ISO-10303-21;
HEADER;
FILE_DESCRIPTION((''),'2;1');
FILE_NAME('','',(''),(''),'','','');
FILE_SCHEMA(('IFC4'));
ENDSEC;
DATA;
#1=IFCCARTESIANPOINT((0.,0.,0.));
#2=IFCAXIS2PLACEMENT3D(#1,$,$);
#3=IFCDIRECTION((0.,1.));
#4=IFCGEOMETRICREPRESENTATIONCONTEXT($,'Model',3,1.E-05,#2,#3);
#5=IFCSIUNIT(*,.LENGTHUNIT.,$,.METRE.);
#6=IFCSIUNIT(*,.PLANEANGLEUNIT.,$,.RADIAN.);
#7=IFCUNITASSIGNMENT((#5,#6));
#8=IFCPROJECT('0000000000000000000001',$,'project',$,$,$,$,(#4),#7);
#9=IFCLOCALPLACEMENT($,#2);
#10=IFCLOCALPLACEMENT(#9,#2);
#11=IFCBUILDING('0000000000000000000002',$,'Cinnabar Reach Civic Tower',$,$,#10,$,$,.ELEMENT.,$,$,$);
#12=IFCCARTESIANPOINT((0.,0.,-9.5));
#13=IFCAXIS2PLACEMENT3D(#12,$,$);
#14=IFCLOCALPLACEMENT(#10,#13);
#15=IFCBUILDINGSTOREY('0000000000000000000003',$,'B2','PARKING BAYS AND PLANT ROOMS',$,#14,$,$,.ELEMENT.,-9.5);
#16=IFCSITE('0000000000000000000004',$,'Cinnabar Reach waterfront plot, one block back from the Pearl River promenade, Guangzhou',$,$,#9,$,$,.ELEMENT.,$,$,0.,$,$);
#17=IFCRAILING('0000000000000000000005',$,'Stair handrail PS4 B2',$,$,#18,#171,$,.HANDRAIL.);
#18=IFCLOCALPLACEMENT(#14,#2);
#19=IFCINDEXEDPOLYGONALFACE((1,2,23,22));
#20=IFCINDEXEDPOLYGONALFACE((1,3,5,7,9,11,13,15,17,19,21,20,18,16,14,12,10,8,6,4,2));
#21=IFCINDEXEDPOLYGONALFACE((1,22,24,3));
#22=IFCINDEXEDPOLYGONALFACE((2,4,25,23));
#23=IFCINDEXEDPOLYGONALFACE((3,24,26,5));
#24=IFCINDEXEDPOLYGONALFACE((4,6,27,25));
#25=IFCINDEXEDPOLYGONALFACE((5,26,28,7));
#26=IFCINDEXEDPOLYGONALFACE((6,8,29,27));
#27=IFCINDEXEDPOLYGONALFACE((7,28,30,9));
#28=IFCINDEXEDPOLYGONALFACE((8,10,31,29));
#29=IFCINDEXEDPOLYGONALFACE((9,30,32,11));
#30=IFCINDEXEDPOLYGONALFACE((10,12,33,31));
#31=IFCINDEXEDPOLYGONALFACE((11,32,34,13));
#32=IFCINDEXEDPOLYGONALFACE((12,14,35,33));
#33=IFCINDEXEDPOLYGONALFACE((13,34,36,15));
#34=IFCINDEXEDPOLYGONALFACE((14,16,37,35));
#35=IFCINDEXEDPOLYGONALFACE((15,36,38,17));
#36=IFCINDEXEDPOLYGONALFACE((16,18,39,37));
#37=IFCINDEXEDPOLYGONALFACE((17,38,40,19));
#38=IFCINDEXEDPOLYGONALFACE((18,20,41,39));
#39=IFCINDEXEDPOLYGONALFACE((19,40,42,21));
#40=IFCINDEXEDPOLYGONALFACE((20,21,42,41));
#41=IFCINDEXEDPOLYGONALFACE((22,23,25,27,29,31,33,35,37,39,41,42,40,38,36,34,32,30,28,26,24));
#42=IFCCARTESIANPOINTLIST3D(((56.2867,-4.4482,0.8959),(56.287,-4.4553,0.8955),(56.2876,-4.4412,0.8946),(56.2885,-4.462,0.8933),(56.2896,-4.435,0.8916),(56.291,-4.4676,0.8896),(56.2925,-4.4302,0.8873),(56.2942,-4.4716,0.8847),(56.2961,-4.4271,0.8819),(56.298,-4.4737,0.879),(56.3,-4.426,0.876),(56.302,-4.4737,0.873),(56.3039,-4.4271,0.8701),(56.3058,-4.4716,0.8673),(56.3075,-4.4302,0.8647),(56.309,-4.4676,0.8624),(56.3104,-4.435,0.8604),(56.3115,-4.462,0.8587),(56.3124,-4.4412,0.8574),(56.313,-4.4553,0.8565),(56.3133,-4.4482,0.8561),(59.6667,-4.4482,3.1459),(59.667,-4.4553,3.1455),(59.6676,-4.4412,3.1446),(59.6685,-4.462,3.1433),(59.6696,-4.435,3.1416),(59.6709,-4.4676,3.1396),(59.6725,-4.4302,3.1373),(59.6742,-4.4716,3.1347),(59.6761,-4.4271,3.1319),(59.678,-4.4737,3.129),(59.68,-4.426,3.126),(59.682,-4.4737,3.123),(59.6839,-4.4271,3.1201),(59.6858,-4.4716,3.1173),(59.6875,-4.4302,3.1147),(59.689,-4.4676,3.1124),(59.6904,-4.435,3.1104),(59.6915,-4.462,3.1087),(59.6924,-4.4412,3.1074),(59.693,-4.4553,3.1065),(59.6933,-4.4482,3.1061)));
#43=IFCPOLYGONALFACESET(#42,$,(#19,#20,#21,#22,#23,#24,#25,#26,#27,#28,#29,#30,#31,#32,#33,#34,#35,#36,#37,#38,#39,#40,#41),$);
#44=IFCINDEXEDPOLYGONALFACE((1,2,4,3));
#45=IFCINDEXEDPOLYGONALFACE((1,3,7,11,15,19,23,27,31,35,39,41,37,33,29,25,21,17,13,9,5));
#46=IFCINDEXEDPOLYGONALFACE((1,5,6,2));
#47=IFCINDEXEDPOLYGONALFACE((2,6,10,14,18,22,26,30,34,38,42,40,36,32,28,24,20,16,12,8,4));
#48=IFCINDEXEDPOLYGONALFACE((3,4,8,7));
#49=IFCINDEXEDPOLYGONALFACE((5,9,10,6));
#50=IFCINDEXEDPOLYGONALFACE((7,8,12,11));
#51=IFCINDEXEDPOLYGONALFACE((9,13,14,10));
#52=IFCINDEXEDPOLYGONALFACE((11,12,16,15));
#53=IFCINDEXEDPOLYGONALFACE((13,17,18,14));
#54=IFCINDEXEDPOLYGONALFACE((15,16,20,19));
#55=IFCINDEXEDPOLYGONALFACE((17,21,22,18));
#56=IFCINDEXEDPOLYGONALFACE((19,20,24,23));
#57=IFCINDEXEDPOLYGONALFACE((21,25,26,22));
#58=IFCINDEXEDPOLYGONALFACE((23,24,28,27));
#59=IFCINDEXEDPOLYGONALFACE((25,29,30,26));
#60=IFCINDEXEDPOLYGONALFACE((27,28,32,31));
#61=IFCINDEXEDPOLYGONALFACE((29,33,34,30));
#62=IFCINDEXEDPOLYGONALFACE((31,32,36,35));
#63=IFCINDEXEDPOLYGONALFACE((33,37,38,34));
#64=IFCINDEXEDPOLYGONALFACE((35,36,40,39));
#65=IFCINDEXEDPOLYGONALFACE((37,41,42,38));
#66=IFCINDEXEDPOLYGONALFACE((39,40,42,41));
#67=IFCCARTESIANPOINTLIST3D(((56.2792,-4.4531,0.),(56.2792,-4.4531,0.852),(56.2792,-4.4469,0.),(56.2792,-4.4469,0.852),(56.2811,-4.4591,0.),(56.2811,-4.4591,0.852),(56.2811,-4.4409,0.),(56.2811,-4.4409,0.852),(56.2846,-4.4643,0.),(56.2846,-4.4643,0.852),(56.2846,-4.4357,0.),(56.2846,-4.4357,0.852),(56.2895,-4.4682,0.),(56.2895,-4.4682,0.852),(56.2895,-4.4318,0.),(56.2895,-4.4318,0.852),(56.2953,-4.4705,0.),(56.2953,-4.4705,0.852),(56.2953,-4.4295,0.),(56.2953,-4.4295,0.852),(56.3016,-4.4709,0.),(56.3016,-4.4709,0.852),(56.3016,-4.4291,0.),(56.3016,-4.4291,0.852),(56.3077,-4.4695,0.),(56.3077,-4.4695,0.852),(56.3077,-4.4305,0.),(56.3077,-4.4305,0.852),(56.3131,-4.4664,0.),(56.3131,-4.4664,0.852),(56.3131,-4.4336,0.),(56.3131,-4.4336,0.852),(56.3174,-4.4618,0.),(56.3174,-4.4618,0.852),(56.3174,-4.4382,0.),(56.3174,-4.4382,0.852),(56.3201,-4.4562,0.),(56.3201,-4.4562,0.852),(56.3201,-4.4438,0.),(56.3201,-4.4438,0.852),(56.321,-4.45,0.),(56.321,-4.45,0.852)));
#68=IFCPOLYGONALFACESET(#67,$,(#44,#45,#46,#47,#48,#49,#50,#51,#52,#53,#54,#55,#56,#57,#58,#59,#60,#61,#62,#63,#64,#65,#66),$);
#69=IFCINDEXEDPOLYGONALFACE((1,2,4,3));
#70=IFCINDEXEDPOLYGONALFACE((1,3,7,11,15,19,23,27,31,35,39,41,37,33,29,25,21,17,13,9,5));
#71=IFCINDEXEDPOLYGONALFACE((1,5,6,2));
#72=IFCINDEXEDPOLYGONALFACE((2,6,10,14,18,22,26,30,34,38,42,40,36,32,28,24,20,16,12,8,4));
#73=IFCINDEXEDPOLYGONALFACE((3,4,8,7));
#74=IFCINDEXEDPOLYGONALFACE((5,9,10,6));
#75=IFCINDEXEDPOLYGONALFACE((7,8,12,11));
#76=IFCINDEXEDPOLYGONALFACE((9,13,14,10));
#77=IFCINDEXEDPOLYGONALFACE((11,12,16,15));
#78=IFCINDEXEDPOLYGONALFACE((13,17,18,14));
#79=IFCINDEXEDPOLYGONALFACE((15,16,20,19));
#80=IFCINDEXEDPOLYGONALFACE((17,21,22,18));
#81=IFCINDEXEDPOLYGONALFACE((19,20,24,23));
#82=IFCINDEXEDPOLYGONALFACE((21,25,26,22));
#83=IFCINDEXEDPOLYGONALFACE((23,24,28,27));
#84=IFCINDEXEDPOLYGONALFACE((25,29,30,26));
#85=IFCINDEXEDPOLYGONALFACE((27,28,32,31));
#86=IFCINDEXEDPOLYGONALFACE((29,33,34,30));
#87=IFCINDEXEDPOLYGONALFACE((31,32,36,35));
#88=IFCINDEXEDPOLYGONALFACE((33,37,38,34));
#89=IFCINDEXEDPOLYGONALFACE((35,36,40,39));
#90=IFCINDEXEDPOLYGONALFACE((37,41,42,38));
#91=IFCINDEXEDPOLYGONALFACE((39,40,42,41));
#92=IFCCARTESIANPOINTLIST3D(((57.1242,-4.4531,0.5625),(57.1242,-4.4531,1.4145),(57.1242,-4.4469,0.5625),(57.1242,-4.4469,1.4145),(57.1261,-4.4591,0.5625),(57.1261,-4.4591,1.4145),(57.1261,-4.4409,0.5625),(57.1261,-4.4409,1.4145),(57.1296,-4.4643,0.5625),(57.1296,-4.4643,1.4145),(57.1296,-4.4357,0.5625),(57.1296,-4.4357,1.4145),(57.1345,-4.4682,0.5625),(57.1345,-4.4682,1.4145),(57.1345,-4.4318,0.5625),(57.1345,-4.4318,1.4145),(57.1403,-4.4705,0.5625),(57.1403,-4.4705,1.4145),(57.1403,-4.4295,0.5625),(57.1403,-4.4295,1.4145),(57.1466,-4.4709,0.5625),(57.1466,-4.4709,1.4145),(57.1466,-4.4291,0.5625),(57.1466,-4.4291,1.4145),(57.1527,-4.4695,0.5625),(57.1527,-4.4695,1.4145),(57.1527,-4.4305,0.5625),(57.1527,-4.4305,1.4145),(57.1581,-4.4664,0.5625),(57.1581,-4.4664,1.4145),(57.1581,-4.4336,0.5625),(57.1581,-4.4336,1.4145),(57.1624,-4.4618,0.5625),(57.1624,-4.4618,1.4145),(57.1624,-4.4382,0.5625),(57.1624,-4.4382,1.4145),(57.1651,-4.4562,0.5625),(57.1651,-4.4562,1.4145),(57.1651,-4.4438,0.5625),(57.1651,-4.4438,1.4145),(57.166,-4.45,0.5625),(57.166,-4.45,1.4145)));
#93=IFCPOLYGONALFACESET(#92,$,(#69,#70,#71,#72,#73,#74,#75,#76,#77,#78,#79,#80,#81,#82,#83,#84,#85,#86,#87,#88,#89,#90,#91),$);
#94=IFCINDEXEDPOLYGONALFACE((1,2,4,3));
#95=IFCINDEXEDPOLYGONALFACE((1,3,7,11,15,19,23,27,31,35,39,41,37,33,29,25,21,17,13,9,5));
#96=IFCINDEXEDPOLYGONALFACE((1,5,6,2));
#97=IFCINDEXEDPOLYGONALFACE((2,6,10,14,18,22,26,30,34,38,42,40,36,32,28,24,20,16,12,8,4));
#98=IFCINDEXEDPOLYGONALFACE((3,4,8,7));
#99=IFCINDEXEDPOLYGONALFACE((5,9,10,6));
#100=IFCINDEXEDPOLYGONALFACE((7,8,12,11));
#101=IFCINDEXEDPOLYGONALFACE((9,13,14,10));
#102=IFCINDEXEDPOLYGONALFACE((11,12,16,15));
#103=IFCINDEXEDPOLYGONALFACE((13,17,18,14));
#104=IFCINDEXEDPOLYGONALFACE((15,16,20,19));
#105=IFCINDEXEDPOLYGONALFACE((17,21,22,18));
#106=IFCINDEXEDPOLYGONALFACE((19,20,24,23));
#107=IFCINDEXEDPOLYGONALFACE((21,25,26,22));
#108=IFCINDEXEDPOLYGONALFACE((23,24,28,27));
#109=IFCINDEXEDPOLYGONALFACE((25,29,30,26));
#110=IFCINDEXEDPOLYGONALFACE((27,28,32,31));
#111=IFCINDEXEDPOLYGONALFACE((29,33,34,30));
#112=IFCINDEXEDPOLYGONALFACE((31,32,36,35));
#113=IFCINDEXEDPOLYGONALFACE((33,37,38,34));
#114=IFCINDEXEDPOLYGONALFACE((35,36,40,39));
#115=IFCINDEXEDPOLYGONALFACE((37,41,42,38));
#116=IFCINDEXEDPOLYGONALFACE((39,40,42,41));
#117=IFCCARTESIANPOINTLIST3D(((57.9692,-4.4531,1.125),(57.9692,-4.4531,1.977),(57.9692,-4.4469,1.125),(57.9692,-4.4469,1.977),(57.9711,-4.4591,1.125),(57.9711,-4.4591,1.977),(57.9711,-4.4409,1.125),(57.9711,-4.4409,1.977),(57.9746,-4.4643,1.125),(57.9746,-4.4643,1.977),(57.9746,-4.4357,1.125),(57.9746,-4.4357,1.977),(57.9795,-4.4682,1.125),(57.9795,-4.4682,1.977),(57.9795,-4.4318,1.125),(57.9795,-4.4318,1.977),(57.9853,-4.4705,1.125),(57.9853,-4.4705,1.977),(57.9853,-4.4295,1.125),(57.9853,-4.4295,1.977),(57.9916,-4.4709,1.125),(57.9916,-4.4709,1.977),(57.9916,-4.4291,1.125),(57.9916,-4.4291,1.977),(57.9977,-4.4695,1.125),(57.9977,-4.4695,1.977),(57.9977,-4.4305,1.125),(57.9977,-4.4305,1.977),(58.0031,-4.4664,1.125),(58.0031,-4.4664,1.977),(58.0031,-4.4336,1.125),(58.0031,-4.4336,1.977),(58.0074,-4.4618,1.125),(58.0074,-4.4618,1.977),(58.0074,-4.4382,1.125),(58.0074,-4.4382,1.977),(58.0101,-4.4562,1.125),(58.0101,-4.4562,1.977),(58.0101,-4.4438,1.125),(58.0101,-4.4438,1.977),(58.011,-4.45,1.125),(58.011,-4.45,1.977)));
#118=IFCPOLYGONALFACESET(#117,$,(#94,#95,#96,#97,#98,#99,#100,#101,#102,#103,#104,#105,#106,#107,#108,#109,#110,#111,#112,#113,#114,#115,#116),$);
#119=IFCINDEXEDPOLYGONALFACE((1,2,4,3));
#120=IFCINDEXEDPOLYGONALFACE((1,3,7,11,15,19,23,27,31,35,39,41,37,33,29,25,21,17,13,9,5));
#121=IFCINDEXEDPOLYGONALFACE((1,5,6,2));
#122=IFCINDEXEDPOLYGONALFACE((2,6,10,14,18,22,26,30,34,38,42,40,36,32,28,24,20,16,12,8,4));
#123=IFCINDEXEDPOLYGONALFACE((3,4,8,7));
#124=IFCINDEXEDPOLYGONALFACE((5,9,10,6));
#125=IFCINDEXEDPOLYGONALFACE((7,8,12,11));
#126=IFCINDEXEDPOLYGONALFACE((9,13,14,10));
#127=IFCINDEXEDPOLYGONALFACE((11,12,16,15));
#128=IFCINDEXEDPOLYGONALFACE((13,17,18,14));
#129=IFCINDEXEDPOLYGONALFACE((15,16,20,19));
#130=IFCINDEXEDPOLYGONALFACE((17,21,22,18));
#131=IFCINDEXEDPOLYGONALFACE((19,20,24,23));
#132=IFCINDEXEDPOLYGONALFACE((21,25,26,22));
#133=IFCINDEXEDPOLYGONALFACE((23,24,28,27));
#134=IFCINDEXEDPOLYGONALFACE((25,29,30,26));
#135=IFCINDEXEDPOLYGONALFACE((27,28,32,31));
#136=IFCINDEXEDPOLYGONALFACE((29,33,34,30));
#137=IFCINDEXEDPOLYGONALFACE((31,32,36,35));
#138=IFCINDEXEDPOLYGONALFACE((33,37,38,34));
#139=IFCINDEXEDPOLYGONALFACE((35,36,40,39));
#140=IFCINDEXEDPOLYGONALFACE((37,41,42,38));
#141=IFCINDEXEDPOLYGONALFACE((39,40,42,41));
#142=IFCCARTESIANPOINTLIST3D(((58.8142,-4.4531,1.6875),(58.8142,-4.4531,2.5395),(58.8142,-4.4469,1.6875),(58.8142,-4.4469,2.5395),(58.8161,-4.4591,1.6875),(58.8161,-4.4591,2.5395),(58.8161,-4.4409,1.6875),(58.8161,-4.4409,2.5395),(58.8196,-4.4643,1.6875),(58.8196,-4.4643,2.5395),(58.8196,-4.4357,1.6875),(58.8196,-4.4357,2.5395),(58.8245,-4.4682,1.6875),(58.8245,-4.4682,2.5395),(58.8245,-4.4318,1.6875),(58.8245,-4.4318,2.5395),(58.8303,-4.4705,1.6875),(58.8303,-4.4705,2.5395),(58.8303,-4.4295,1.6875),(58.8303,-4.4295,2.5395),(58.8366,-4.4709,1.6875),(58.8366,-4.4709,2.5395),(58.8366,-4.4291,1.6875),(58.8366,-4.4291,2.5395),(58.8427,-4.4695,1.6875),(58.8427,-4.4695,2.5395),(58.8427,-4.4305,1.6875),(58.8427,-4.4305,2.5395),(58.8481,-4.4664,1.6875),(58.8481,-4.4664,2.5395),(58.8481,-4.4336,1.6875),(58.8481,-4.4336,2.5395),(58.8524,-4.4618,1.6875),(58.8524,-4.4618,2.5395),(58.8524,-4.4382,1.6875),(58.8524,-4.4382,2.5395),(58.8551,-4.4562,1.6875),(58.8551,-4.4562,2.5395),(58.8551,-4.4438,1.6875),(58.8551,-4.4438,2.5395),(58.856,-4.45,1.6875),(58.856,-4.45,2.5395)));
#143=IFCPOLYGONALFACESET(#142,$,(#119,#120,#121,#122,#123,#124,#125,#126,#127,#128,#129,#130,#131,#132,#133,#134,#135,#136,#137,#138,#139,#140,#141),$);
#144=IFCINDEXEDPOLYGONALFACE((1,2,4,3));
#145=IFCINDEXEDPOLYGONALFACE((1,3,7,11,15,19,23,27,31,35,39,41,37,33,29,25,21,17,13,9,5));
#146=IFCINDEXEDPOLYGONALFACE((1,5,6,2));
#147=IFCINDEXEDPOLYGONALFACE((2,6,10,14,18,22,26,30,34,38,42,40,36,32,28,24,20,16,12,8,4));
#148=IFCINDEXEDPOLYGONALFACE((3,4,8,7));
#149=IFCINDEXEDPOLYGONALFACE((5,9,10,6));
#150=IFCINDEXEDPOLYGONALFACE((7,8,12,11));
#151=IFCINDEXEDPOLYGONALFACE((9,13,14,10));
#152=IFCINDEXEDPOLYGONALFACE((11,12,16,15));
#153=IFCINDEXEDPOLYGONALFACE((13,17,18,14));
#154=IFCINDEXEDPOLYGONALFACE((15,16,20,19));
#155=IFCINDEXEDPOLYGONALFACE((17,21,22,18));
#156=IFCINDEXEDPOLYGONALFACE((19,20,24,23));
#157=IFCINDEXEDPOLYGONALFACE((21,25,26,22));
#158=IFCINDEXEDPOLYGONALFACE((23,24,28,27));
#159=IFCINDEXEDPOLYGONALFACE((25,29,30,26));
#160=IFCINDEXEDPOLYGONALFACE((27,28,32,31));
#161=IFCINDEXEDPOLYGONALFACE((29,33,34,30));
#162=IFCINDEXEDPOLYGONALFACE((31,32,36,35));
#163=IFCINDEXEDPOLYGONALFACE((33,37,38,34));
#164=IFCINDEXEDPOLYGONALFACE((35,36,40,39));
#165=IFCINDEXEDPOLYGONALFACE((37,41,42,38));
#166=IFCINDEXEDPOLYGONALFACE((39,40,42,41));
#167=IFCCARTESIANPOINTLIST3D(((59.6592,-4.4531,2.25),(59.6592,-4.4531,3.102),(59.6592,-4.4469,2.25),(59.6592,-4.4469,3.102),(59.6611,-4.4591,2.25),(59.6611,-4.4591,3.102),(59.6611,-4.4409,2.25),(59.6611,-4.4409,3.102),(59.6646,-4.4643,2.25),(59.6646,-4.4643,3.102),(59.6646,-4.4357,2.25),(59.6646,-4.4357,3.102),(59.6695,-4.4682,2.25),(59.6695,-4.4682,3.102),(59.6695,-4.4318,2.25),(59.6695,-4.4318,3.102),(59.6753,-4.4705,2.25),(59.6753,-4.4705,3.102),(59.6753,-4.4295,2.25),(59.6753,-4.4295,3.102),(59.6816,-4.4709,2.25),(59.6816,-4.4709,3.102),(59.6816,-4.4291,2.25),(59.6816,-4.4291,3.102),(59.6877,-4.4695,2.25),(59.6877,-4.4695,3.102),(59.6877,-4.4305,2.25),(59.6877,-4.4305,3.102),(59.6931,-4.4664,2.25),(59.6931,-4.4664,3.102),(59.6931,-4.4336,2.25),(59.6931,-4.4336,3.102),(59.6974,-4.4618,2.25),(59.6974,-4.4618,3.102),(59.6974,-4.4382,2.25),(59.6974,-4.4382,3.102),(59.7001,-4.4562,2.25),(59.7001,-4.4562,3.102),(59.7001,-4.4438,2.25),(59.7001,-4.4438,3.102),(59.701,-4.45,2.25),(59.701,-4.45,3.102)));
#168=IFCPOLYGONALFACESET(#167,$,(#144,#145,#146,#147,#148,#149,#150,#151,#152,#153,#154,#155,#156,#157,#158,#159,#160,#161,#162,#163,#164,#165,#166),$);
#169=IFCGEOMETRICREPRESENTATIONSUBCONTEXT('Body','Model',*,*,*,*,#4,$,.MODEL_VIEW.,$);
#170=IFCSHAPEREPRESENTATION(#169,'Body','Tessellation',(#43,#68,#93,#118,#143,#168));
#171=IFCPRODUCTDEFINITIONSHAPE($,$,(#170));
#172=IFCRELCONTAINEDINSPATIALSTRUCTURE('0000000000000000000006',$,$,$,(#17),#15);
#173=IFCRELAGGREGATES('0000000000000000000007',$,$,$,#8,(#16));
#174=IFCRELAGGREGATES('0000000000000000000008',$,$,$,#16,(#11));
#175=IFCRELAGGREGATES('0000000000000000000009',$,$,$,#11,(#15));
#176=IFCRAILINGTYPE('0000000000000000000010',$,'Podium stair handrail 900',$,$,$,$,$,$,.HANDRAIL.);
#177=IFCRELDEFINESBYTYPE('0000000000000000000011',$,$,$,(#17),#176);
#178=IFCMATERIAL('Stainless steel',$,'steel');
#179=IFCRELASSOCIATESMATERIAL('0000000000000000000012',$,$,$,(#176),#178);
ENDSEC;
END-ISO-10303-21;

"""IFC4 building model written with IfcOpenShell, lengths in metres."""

from ifc_helpers import new_model, si_unit, direction, frame, origin, origin_2d, place, context, subcontext, project, spatial, circle, extrude, material, type_object, element, save


model = new_model("IFC4")

# Units and contexts
model_context = context("Model", 3, precision=1e-05, world=origin(), true_north=direction((0.0, 1.0)))
body_context = subcontext(model_context, "Body", "Model", "MODEL_VIEW")
ifc_project = project(units=[si_unit("LENGTHUNIT", "METRE"), si_unit("PLANEANGLEUNIT", "RADIAN")], contexts=[model_context])

# Site, building, storey
site_placement = place(None, origin())
site = spatial("IfcSite", under=ifc_project, at=site_placement, Name="Cinnabar Reach waterfront plot, one block back from the Pearl River promenade, Guangzhou", CompositionType="ELEMENT", RefElevation=0.0)
building_placement = place(site_placement, origin())
building = spatial("IfcBuilding", under=site, at=building_placement, Name="Cinnabar Reach Civic Tower", CompositionType="ELEMENT")
storey_placement = place(building_placement, frame((0.0, 0.0, -9.5)))
storey = spatial("IfcBuildingStorey", under=building, at=storey_placement, Name="B2", Description="PARKING BAYS AND PLANT ROOMS", CompositionType="ELEMENT", Elevation=-9.5)

# Railing
ifc_material_1 = material(Name="Stainless steel", Category="steel")
railing_type_1 = type_object("IfcRailingType", Name="Podium stair handrail 900", PredefinedType="HANDRAIL", material=ifc_material_1)
railing_1_placement = place(storey_placement, frame((56.3, -4.45, 0.0)))
element("IfcRailing", 1, at=railing_1_placement, inside=storey, type_object=railing_type_1, Name="Stair handrail PS4 B2", PredefinedType="HANDRAIL", context=body_context, shape_type="SweptSolid", body=[
    extrude(circle(Radius=0.024, at=origin_2d()), frame((0.0, 0.0, 0.876), z_axis=(0.832429, 0.0, 0.554132), x_axis=(0.0, 1.0, 0.0)), (0.0, 0.0, 1.0), 4.0604),
    extrude(circle(Radius=0.021, at=origin_2d()), origin(), (0.0, 0.0, 1.0), 0.852),
    extrude(circle(Radius=0.021, at=origin_2d()), frame((0.845, 0.0, 0.5625)), (0.0, 0.0, 1.0), 0.852),
    extrude(circle(Radius=0.021, at=origin_2d()), frame((1.69, 0.0, 1.125)), (0.0, 0.0, 1.0), 0.852),
    extrude(circle(Radius=0.021, at=origin_2d()), frame((2.535, 0.0, 1.6875)), (0.0, 0.0, 1.0), 0.852),
    extrude(circle(Radius=0.021, at=origin_2d()), frame((3.38, 0.0, 2.25)), (0.0, 0.0, 1.0), 0.852),
])

save(model, "model.ifc")
